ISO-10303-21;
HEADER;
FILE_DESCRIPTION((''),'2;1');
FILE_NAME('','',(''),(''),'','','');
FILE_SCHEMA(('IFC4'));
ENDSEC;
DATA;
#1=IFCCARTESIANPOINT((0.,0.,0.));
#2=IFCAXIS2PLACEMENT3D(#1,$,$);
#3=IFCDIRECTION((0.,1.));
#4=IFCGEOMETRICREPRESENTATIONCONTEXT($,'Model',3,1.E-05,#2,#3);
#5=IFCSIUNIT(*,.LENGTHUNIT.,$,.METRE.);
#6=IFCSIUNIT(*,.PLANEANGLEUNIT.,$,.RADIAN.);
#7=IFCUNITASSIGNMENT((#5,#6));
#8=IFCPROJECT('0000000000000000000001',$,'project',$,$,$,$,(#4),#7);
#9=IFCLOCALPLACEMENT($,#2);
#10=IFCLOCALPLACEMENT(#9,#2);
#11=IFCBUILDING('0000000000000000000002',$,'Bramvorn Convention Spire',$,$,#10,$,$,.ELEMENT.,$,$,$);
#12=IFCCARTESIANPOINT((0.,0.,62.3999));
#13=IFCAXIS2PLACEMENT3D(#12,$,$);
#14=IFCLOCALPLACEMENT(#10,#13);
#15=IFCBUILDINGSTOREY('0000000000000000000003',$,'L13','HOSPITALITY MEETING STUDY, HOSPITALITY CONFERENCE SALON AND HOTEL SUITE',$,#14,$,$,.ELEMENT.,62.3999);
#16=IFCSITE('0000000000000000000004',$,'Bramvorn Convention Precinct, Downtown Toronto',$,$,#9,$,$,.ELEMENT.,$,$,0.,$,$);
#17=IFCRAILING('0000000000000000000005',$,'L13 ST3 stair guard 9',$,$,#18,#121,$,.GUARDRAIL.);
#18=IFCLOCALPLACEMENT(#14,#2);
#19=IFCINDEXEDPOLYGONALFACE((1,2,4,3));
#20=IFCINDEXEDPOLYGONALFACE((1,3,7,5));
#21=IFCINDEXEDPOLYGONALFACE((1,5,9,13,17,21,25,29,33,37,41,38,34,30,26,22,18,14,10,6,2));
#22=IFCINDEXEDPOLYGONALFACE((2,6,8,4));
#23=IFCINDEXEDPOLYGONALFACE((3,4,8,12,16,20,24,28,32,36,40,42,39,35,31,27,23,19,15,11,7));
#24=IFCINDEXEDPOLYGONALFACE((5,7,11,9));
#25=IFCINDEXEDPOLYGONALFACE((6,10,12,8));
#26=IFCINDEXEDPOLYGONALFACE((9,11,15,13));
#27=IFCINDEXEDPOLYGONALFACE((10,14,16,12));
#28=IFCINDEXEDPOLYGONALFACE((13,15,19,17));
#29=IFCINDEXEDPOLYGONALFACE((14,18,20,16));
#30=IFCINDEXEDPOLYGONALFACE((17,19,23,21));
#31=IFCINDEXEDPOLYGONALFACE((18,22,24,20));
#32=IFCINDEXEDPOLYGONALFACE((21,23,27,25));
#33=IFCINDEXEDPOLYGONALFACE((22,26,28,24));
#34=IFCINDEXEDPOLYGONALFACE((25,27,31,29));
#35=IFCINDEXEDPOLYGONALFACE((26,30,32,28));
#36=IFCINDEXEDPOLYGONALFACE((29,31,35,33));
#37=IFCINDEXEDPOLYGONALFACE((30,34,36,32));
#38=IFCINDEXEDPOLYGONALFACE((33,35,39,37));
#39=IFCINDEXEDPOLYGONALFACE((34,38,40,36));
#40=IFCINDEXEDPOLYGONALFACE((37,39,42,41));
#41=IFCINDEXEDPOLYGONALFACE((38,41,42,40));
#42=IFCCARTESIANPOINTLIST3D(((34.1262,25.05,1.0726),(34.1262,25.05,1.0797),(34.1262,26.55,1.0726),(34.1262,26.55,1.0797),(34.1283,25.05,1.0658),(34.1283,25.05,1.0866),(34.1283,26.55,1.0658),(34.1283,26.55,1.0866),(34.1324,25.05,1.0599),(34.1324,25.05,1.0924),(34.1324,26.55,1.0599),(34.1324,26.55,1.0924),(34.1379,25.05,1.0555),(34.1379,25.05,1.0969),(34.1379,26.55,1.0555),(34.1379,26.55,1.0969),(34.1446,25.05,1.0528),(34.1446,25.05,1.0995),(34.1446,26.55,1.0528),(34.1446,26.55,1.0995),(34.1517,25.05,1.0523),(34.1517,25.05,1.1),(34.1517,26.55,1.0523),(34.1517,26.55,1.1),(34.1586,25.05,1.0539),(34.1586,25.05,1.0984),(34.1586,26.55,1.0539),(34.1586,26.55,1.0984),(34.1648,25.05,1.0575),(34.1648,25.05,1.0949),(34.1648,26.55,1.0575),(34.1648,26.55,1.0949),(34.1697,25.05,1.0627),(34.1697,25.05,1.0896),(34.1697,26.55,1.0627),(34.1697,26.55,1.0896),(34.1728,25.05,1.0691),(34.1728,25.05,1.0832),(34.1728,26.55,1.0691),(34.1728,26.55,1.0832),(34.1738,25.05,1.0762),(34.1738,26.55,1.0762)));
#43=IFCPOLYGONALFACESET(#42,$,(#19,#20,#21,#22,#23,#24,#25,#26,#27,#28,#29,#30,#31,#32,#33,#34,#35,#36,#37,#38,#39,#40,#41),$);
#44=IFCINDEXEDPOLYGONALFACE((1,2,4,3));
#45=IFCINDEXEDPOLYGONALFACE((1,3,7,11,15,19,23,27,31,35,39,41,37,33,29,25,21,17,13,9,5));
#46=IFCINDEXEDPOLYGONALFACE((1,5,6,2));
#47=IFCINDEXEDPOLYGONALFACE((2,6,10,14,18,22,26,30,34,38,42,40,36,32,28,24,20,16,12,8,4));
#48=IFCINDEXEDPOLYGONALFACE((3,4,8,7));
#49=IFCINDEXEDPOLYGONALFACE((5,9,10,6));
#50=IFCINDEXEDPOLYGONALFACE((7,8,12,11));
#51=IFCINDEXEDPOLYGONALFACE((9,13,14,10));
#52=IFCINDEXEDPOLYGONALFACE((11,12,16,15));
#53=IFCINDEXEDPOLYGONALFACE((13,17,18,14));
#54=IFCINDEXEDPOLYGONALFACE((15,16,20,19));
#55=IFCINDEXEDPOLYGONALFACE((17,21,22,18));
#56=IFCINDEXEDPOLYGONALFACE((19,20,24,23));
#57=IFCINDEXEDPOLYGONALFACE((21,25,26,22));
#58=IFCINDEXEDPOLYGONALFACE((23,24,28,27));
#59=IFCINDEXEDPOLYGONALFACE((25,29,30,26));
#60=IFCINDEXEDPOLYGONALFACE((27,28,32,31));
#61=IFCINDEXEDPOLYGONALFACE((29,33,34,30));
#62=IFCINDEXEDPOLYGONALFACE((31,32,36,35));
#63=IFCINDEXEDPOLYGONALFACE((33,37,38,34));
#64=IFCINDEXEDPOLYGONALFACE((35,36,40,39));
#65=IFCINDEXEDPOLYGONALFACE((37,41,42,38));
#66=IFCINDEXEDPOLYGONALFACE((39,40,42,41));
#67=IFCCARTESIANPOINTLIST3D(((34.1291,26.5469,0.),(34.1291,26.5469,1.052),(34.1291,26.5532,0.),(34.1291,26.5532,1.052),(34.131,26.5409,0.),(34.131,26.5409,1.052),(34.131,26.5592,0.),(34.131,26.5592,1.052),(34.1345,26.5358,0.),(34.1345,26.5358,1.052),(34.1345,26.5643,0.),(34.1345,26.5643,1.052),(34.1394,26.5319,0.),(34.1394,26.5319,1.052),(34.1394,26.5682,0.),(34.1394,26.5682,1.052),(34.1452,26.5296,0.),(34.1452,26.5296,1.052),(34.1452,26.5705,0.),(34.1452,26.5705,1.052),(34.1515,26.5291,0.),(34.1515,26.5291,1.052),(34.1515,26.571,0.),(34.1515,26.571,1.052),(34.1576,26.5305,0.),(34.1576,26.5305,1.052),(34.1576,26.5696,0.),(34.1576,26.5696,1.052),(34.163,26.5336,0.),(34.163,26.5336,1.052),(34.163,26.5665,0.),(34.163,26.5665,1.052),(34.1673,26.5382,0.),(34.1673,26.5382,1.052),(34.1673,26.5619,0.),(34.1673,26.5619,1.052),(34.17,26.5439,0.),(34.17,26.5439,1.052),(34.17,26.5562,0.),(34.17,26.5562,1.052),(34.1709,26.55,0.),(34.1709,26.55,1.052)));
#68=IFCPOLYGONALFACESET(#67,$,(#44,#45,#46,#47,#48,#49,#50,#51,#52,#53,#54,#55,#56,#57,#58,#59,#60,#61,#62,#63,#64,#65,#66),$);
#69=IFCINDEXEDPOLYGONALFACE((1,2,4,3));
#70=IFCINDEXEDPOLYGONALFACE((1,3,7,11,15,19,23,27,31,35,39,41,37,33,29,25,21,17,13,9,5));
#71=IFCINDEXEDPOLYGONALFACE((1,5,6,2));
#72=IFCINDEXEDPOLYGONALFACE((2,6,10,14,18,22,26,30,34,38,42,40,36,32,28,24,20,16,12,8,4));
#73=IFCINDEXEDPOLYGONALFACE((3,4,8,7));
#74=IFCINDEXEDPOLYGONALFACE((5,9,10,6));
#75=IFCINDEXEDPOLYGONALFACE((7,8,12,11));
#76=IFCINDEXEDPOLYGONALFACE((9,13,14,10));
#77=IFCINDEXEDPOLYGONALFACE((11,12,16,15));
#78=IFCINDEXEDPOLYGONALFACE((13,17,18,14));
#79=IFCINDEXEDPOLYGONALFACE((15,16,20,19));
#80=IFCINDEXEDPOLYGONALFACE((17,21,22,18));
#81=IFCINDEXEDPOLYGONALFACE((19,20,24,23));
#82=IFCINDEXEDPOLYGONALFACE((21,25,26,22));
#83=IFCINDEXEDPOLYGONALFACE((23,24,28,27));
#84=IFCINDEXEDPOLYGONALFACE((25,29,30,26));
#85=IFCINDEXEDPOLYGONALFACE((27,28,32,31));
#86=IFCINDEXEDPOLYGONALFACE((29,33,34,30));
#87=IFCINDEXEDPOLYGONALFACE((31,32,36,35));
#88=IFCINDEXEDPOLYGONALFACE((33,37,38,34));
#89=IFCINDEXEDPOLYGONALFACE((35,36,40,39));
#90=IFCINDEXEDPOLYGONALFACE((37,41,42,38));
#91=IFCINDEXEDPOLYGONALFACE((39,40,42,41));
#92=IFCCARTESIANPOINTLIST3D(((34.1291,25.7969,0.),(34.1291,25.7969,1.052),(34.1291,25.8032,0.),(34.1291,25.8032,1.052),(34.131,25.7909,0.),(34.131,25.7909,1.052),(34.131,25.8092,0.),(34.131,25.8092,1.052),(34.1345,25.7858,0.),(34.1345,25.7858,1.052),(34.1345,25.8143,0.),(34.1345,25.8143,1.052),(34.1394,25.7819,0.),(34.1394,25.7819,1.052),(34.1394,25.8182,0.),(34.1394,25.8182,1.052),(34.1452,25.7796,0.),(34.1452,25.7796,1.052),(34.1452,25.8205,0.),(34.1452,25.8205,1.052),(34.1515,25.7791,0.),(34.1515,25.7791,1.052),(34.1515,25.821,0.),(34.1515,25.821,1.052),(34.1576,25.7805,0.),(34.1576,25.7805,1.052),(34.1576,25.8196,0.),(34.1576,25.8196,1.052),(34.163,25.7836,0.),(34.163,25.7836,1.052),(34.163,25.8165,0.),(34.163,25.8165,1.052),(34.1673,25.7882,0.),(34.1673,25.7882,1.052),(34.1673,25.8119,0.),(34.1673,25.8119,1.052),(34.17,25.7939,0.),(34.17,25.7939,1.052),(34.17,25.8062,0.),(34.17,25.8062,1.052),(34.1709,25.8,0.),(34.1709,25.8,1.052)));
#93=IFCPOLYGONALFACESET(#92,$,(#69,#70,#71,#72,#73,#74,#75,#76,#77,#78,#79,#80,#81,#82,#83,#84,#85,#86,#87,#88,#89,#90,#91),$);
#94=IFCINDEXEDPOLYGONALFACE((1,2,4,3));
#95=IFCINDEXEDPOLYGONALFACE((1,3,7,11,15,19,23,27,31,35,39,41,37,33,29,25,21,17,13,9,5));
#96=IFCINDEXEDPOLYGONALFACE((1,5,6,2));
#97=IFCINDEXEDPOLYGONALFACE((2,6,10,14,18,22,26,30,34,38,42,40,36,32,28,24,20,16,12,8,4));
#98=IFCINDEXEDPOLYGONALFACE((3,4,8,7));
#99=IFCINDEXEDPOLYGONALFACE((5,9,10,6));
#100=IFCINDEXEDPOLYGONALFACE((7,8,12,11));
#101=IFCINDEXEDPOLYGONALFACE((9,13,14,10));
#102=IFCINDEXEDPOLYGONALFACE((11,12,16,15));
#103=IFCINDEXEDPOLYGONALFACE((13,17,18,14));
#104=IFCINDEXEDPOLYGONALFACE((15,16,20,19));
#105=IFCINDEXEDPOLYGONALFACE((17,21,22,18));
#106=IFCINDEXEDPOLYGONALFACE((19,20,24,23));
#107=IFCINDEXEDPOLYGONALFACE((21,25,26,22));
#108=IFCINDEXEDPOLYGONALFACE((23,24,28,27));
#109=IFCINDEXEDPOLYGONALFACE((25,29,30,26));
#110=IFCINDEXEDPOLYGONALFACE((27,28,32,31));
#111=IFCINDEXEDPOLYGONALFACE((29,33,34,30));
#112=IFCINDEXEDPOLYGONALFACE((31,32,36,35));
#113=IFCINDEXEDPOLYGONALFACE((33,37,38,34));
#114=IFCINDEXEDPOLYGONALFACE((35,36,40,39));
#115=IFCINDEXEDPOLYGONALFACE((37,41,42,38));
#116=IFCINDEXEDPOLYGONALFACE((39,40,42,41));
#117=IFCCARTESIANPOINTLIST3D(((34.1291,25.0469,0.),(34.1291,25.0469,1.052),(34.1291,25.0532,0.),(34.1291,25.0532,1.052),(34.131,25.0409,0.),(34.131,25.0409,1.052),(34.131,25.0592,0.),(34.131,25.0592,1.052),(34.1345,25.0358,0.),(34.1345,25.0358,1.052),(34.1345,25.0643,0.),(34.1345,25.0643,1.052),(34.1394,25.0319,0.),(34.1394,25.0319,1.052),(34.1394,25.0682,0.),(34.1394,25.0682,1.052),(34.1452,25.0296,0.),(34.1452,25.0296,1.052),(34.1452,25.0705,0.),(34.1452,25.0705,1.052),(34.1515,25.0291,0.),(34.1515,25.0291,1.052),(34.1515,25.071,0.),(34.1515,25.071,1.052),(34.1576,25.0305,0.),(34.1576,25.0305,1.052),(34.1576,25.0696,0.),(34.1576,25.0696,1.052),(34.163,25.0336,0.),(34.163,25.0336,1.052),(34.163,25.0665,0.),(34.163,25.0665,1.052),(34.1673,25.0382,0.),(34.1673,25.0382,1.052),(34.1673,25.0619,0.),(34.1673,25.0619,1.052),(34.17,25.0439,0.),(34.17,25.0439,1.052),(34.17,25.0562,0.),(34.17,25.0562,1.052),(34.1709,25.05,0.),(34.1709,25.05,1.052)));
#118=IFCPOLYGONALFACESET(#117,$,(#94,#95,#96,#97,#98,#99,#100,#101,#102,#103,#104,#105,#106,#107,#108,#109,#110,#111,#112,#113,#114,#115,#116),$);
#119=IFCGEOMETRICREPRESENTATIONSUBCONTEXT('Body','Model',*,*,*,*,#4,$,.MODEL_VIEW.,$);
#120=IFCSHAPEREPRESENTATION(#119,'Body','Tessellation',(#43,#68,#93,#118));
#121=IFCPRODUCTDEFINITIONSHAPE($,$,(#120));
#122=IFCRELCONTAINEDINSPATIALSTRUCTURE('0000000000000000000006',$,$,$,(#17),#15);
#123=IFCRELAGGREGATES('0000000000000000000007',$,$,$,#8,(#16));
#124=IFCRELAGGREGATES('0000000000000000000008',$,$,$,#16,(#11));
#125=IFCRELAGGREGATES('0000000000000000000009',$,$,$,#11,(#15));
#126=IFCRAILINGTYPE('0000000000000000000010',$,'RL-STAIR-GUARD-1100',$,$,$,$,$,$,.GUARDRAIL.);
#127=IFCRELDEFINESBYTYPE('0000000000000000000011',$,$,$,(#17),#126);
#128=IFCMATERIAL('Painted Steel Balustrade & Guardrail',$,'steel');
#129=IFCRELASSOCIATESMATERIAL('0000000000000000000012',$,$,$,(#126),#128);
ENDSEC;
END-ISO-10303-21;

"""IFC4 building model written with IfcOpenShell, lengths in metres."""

from ifc_helpers import new_model, si_unit, direction, frame, origin, origin_2d, place, context, subcontext, project, spatial, circle, extrude, material, type_object, element, save


model = new_model("IFC4")

# Units and contexts
model_context = context("Model", 3, precision=1e-05, world=origin(), true_north=direction((0.0, 1.0)))
body_context = subcontext(model_context, "Body", "Model", "MODEL_VIEW")
ifc_project = project(units=[si_unit("LENGTHUNIT", "METRE"), si_unit("PLANEANGLEUNIT", "RADIAN")], contexts=[model_context])

# Site, building, storey
site_placement = place(None, origin())
site = spatial("IfcSite", under=ifc_project, at=site_placement, Name="Bramvorn Convention Precinct, Downtown Toronto", CompositionType="ELEMENT", RefElevation=0.0)
building_placement = place(site_placement, origin())
building = spatial("IfcBuilding", under=site, at=building_placement, Name="Bramvorn Convention Spire", CompositionType="ELEMENT")
storey_placement = place(building_placement, frame((0.0, 0.0, 62.3999)))
storey = spatial("IfcBuildingStorey", under=building, at=storey_placement, Name="L13", Description="HOSPITALITY MEETING STUDY, HOSPITALITY CONFERENCE SALON AND HOTEL SUITE", CompositionType="ELEMENT", Elevation=62.3999)

# Railing
ifc_material_1 = material(Name="Painted Steel Balustrade & Guardrail", Category="steel")
railing_type_1 = type_object("IfcRailingType", Name="RL-STAIR-GUARD-1100", PredefinedType="GUARDRAIL", material=ifc_material_1)
railing_1_placement = place(storey_placement, frame((34.1499, 26.55, 0.0)))
element("IfcRailing", 1, at=railing_1_placement, inside=storey, type_object=railing_type_1, Name="L13 ST3 stair guard 9", PredefinedType="GUARDRAIL", context=body_context, shape_type="SweptSolid", body=[
    extrude(circle(Radius=0.0239, at=origin_2d()), frame((0.0, 0.0, 1.0762), z_axis=(0.0, -1.0, 0.0), x_axis=(1.0, 0.0, 0.0)), (0.0, 0.0, 1.0), 1.5),
    extrude(circle(Radius=0.021, at=origin_2d()), origin(), (0.0, 0.0, 1.0), 1.052),
    extrude(circle(Radius=0.021, at=origin_2d()), frame((0.0, -0.75, 0.0)), (0.0, 0.0, 1.0), 1.052),
    extrude(circle(Radius=0.021, at=origin_2d()), frame((0.0, -1.5, 0.0)), (0.0, 0.0, 1.0), 1.052),
])

save(model, "model.ifc")
